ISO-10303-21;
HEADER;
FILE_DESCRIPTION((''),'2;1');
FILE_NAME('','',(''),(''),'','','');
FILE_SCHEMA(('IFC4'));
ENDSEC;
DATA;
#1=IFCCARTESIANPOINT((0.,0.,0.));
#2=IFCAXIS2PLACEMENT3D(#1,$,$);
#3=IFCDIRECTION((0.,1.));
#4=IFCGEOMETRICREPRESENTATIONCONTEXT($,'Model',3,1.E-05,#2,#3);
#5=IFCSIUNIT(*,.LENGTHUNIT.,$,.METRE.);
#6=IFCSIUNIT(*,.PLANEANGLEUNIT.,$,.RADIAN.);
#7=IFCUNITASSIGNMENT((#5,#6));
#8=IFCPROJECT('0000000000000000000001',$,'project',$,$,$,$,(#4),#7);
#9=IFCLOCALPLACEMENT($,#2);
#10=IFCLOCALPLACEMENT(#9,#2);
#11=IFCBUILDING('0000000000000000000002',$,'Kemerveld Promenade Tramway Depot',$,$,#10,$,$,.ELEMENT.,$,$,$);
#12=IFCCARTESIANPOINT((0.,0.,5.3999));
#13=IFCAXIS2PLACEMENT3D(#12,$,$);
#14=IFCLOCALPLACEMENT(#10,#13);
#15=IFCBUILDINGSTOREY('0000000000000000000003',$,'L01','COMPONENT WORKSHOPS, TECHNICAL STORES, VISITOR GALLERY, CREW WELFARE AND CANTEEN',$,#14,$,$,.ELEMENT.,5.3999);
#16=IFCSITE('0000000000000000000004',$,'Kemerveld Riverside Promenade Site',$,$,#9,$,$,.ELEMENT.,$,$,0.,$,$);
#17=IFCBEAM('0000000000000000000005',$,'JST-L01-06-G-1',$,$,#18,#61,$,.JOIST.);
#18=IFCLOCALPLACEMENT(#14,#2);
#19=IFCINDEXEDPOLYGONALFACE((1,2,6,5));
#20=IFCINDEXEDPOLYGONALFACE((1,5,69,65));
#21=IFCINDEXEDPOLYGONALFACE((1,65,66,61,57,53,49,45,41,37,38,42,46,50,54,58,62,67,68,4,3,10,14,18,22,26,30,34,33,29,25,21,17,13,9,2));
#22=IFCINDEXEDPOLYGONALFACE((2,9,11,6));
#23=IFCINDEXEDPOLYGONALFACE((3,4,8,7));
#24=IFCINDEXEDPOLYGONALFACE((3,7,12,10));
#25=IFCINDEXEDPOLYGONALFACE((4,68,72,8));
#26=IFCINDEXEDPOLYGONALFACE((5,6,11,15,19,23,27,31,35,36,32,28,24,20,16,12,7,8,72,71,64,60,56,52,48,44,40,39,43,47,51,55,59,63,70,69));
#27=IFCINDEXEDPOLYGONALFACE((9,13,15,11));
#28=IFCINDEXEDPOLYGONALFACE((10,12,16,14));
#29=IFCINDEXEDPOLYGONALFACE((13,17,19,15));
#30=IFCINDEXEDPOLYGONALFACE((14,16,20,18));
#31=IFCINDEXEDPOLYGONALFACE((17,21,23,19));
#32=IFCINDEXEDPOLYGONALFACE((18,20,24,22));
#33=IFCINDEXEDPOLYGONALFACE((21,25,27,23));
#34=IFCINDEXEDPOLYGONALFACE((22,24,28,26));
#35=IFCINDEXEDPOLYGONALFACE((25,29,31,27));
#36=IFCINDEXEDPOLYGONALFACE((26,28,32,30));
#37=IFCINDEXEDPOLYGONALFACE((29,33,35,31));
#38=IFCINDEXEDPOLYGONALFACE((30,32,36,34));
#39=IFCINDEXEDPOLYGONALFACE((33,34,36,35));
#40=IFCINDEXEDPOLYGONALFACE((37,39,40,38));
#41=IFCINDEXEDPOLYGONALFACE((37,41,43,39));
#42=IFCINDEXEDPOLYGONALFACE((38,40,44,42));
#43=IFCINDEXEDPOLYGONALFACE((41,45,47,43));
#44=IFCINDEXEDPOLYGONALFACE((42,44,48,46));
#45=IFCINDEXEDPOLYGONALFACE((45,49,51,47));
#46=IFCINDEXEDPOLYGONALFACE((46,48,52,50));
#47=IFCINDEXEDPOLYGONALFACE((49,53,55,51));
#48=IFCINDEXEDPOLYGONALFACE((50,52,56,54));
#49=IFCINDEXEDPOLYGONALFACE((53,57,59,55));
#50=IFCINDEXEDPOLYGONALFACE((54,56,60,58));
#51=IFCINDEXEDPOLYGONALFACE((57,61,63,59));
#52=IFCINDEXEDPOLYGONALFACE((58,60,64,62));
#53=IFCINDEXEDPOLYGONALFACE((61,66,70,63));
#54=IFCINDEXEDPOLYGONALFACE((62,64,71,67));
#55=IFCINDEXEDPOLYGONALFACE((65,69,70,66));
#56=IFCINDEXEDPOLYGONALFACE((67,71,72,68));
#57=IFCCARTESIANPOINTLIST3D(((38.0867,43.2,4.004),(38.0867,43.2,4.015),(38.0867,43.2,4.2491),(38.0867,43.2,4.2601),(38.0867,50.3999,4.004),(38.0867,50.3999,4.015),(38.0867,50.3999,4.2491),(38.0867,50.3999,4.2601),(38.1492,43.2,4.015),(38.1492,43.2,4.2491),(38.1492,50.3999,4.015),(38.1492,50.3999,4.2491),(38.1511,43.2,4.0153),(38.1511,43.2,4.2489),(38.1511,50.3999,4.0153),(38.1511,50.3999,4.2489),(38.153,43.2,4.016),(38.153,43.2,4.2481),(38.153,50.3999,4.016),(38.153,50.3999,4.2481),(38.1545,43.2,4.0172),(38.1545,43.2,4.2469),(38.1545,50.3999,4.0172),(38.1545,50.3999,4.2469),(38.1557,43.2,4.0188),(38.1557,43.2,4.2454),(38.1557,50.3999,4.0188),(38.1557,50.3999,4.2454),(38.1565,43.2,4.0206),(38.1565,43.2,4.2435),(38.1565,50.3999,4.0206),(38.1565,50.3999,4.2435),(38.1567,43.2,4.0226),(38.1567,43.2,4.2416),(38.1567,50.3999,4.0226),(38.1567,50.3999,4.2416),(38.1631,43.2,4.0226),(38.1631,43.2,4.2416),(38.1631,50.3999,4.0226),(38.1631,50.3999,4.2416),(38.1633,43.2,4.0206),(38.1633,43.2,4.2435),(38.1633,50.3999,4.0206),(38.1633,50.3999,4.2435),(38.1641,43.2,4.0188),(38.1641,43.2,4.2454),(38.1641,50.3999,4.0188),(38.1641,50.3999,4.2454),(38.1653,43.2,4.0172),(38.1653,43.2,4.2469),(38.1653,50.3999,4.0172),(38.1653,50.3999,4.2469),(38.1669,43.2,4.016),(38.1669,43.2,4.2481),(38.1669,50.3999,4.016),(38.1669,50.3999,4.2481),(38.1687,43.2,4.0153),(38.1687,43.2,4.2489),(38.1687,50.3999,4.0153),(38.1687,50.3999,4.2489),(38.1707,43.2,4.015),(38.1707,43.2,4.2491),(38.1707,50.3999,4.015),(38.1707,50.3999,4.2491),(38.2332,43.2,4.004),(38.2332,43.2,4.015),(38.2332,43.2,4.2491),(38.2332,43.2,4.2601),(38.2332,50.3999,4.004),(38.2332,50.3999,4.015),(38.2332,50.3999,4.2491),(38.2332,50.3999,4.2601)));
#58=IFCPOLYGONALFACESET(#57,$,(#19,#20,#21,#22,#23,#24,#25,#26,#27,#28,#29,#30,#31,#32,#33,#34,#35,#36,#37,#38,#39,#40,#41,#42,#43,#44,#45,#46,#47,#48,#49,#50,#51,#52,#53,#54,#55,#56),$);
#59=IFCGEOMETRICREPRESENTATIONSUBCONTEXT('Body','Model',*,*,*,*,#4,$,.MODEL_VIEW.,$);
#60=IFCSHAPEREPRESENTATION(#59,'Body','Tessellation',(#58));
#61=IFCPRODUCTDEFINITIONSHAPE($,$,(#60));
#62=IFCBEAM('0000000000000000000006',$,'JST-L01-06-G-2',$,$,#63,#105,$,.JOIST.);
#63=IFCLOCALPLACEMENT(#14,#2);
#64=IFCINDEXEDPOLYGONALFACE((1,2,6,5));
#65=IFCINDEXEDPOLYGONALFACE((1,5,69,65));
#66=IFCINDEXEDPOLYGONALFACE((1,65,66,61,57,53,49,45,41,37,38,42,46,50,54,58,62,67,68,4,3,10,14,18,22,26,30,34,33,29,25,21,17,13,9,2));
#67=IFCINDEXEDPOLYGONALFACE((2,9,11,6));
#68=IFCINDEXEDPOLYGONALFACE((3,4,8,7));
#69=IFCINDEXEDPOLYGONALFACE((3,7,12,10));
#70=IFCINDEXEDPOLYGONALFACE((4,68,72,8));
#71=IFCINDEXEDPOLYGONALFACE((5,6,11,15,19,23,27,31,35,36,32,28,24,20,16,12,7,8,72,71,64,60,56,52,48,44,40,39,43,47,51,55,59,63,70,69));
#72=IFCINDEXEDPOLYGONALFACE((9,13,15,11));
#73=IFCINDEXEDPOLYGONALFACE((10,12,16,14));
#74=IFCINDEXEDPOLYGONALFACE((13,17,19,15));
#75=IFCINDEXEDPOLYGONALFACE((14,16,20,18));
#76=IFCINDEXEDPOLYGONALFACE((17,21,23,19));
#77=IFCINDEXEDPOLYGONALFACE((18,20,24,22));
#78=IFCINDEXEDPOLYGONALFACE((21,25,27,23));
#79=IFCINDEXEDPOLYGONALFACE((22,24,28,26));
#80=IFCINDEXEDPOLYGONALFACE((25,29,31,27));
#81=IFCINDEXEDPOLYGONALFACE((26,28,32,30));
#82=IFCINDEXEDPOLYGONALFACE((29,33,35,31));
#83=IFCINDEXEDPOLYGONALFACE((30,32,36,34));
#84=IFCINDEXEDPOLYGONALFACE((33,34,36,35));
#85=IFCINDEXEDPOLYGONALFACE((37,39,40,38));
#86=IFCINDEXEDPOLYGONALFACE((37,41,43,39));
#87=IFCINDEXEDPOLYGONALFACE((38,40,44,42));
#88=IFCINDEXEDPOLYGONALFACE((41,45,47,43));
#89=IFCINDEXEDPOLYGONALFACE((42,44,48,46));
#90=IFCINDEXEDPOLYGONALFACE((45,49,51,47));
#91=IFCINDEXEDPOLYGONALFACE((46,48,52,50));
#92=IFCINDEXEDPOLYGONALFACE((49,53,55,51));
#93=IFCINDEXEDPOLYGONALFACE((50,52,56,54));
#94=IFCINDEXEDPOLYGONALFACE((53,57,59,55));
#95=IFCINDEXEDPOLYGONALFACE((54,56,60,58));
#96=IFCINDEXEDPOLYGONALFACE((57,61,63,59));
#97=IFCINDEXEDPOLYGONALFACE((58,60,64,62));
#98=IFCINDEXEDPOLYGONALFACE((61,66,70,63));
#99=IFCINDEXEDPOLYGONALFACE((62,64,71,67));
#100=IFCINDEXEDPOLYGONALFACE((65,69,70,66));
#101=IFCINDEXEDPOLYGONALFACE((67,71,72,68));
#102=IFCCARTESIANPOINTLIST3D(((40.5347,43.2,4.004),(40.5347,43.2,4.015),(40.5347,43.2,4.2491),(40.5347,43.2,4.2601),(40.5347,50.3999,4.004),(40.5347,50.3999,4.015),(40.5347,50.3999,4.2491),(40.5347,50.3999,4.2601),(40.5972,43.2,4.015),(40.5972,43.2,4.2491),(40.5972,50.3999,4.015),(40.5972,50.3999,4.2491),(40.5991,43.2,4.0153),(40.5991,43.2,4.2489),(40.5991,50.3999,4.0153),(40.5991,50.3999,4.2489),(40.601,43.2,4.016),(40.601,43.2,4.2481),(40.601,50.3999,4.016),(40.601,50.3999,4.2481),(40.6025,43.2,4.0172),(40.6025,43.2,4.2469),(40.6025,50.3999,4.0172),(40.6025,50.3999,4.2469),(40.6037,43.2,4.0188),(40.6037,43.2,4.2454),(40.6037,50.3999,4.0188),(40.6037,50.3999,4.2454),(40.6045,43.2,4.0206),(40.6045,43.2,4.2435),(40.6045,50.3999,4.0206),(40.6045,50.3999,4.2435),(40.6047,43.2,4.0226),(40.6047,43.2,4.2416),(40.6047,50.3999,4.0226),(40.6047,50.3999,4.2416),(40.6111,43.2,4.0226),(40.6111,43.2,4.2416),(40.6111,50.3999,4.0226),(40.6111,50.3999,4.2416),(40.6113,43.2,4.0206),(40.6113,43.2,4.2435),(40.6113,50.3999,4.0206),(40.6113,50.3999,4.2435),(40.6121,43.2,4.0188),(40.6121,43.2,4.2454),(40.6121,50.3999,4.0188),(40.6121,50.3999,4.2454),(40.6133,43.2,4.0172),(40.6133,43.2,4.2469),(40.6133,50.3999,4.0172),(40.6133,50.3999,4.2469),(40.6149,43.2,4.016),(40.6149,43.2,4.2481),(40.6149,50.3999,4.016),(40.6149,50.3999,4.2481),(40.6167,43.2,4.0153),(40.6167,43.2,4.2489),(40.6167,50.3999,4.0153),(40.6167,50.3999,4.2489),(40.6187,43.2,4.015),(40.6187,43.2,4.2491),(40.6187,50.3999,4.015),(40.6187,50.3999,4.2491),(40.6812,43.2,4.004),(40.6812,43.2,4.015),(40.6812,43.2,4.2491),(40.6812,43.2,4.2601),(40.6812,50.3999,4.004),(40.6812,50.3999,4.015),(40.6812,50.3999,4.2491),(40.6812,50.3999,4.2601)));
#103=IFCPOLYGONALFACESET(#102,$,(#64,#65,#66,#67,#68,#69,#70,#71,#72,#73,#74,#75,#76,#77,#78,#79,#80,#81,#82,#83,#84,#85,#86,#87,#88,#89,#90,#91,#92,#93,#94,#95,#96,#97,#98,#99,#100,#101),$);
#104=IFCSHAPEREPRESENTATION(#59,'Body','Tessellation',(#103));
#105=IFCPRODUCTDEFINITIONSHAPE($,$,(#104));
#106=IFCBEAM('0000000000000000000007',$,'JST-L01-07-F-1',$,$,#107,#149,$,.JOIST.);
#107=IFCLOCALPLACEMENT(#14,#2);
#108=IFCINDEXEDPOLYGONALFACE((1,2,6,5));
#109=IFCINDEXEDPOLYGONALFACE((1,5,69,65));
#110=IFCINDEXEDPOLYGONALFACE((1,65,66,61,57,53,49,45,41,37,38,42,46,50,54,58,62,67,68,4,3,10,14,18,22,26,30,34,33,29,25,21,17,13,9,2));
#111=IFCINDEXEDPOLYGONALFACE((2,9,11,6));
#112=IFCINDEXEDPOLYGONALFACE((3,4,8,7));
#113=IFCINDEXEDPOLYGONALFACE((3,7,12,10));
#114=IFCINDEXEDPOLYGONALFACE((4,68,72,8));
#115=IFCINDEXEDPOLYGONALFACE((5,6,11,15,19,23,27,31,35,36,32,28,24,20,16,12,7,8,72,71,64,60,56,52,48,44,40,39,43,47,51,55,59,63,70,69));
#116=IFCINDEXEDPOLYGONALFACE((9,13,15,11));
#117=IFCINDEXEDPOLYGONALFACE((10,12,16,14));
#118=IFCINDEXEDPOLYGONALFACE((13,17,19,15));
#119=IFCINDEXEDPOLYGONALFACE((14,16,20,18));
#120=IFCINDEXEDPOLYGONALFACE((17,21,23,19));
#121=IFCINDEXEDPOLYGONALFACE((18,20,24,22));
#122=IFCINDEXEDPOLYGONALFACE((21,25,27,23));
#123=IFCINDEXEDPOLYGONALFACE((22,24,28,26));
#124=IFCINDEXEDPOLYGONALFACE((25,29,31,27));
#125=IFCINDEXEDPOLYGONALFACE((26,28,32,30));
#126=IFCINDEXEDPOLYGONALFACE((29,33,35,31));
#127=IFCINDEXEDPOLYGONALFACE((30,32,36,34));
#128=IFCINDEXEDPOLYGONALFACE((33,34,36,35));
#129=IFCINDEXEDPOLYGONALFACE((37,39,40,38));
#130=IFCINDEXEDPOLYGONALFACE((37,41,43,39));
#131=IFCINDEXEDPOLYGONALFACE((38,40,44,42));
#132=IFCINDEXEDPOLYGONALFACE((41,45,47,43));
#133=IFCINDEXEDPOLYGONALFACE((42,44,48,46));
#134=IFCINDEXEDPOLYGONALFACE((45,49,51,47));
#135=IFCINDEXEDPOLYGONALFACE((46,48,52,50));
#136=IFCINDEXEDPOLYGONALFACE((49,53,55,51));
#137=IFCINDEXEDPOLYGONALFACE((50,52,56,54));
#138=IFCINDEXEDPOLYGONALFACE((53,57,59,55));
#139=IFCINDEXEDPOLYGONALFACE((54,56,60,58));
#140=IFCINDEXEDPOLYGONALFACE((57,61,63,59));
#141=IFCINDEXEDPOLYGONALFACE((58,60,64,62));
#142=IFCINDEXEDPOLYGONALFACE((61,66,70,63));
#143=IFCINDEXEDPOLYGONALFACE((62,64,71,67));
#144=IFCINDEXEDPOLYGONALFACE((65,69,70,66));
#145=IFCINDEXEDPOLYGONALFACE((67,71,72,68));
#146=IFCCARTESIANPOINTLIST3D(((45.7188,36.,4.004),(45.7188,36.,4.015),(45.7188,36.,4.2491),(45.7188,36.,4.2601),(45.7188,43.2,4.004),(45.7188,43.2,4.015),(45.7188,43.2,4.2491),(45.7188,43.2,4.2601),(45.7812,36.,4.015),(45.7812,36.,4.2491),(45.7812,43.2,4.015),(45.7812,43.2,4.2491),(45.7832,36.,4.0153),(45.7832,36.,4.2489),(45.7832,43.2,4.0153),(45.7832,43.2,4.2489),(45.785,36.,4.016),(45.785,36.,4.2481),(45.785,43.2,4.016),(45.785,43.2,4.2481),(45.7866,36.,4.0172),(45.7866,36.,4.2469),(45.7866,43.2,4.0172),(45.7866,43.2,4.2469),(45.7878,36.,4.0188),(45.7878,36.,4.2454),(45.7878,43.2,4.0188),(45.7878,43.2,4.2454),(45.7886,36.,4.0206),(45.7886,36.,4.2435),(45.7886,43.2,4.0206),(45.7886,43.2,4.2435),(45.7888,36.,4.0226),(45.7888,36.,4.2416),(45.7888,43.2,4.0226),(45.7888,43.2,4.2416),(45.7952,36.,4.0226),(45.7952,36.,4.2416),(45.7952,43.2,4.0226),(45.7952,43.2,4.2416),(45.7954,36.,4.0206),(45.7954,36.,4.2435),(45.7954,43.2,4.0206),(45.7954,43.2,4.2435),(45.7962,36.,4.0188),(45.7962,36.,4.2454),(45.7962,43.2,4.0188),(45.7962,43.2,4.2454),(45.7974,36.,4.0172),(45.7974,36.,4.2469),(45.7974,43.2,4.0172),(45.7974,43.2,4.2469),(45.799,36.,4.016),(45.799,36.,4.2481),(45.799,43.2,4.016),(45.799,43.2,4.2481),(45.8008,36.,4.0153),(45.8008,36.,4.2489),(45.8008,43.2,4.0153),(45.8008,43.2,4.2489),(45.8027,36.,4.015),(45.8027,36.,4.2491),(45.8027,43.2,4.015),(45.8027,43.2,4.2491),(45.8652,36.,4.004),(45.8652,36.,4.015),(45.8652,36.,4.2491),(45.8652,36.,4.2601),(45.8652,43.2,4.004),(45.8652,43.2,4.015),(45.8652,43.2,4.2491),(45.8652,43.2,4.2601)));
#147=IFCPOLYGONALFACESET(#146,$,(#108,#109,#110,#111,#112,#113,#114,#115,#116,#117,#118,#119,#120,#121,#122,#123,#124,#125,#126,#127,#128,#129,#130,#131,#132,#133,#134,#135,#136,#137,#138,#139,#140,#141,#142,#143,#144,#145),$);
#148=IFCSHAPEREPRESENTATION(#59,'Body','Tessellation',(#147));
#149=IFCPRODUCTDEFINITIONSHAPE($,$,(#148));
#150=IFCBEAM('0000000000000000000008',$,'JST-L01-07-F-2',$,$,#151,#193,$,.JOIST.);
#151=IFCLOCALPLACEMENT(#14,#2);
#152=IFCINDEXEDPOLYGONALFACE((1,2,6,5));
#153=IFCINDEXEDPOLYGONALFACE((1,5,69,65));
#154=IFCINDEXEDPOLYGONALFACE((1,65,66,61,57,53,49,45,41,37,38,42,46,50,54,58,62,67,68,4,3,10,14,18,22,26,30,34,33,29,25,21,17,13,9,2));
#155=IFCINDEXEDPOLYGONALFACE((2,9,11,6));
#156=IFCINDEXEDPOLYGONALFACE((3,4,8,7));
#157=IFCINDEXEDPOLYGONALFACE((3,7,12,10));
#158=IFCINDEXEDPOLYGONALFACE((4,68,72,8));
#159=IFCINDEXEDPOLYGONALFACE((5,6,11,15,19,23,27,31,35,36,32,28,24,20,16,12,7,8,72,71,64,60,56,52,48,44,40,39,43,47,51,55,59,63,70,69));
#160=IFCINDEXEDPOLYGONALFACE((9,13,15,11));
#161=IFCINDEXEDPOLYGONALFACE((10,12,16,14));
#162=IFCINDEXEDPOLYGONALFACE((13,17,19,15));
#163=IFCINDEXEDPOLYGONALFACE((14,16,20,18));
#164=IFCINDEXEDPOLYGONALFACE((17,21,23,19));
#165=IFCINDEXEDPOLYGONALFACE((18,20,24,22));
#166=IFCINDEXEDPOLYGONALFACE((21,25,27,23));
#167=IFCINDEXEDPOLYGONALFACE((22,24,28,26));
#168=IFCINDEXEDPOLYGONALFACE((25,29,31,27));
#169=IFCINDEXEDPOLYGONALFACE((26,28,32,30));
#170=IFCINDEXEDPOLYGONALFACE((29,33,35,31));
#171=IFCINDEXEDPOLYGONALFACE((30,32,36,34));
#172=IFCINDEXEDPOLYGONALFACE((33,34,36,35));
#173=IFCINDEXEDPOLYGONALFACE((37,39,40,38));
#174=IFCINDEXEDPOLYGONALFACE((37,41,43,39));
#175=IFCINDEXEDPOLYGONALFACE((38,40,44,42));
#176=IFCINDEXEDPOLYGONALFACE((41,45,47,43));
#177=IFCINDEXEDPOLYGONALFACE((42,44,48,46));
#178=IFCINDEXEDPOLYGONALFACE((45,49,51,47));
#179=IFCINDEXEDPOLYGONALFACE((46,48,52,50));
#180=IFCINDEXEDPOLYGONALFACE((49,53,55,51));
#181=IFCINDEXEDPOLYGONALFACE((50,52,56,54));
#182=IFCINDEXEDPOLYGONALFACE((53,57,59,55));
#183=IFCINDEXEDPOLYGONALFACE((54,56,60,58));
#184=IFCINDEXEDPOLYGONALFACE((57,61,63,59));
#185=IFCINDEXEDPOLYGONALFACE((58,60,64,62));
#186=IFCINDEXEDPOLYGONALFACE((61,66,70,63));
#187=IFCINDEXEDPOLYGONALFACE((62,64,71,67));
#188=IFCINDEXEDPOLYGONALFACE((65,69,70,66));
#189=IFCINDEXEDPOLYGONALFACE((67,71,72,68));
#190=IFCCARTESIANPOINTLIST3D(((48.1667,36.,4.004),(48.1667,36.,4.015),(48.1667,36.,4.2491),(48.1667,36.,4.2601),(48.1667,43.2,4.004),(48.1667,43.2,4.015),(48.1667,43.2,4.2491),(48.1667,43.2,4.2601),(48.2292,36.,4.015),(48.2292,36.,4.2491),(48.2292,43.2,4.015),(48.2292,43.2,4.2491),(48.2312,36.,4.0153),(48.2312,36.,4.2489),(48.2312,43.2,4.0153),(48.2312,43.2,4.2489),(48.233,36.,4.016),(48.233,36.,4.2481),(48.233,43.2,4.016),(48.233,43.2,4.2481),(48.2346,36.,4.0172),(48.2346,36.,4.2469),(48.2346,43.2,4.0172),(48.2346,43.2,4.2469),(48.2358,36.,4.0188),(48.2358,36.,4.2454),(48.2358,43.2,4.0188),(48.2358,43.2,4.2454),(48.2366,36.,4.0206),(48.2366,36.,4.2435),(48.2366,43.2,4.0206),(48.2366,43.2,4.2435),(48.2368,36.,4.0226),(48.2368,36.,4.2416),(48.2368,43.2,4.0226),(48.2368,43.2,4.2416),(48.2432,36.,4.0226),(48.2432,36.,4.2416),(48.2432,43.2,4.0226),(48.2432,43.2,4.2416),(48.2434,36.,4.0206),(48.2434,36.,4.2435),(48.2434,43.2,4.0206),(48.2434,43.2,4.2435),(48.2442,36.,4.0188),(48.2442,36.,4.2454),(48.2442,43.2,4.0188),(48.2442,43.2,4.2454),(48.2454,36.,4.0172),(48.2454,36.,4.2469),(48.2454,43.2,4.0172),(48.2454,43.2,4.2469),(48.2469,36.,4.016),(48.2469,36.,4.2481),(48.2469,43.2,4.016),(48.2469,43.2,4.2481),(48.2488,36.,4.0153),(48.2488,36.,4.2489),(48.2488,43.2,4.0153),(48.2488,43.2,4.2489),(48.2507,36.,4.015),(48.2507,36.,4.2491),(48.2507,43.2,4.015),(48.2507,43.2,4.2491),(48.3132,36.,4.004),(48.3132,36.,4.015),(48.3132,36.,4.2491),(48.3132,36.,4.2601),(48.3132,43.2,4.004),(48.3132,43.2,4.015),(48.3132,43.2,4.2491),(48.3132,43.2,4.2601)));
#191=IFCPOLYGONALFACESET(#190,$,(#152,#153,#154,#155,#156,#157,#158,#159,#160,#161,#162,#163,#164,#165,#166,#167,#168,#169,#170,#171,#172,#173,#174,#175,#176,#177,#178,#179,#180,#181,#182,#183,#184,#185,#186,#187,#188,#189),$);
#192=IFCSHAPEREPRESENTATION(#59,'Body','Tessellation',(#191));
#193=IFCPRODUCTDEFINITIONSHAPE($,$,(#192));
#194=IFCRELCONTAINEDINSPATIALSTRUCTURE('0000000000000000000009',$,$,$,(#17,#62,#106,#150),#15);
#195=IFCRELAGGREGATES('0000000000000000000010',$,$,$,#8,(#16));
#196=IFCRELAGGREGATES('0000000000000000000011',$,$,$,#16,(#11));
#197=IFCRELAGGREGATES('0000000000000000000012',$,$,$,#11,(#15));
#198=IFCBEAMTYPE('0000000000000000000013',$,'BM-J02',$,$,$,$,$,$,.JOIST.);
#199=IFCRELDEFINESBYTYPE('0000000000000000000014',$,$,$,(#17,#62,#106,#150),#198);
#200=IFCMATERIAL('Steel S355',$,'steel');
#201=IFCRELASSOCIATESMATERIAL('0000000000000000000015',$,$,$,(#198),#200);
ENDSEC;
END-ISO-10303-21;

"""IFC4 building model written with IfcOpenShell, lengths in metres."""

from ifc_helpers import new_model, si_unit, direction, frame, origin, origin_2d, place, context, subcontext, project, spatial, i_section, extrude, material, material_profile, profile_set, type_object, element, save


model = new_model("IFC4")

# Units and contexts
model_context = context("Model", 3, precision=1e-05, world=origin(), true_north=direction((0.0, 1.0)))
body_context = subcontext(model_context, "Body", "Model", "MODEL_VIEW")
ifc_project = project(units=[si_unit("LENGTHUNIT", "METRE"), si_unit("PLANEANGLEUNIT", "RADIAN")], contexts=[model_context])

# Site, building, storey
site_placement = place(None, origin())
site = spatial("IfcSite", under=ifc_project, at=site_placement, Name="Kemerveld Riverside Promenade Site", CompositionType="ELEMENT", RefElevation=0.0)
building_placement = place(site_placement, origin())
building = spatial("IfcBuilding", under=site, at=building_placement, Name="Kemerveld Promenade Tramway Depot", CompositionType="ELEMENT")
storey_placement = place(building_placement, frame((0.0, 0.0, 5.3999)))
storey = spatial("IfcBuildingStorey", under=building, at=storey_placement, Name="L01", Description="COMPONENT WORKSHOPS, TECHNICAL STORES, VISITOR GALLERY, CREW WELFARE AND CANTEEN", CompositionType="ELEMENT", Elevation=5.3999)

# Shared definitions
ifc_material_1 = material(Name="Steel S355", Category="steel")

# Beams
ifc_material_profile_1 = material_profile(ifc_material_1, i_section(OverallWidth=0.1465, OverallDepth=0.2561, WebThickness=0.0063, FlangeThickness=0.011, FilletRadius=0.0076, at=origin_2d()), Name="254x146x37 UB")
ifc_profile_set_1 = profile_set([ifc_material_profile_1], Name="Steel S355")
beam_type_1 = type_object("IfcBeamType", Name="BM-J02", PredefinedType="JOIST", material=ifc_profile_set_1)
for number, where, z_axis, x_axis, name in (
    (1, (38.1599, 43.2, 4.1321), (0.0, 1.0, 0.0), (-1.0, 0.0, 0.0), "JST-L01-06-G-1"),
    (2, (40.6079, 43.2, 4.1321), (0.0, 1.0, 0.0), (-1.0, 0.0, 0.0), "JST-L01-06-G-2"),
    (3, (45.792, 36.0, 4.1321), (0.0, 1.0, 0.0), (-1.0, 0.0, 0.0), "JST-L01-07-F-1"),
    (4, (48.24, 36.0, 4.1321), (0.0, 1.0, 0.0), (-1.0, 0.0, 0.0), "JST-L01-07-F-2"),
):
    element("IfcBeam", number, at=place(storey_placement, frame(where, z_axis=z_axis, x_axis=x_axis)), inside=storey, type_object=beam_type_1, Name=name, PredefinedType="JOIST", context=body_context, shape_type="SweptSolid", body=[
        extrude(i_section(OverallWidth=0.1465, OverallDepth=0.2561, WebThickness=0.0063, FlangeThickness=0.011, FilletRadius=0.0076, at=origin_2d()), origin(), (0.0, 0.0, 1.0), 7.2),
    ])

save(model, "model.ifc")
